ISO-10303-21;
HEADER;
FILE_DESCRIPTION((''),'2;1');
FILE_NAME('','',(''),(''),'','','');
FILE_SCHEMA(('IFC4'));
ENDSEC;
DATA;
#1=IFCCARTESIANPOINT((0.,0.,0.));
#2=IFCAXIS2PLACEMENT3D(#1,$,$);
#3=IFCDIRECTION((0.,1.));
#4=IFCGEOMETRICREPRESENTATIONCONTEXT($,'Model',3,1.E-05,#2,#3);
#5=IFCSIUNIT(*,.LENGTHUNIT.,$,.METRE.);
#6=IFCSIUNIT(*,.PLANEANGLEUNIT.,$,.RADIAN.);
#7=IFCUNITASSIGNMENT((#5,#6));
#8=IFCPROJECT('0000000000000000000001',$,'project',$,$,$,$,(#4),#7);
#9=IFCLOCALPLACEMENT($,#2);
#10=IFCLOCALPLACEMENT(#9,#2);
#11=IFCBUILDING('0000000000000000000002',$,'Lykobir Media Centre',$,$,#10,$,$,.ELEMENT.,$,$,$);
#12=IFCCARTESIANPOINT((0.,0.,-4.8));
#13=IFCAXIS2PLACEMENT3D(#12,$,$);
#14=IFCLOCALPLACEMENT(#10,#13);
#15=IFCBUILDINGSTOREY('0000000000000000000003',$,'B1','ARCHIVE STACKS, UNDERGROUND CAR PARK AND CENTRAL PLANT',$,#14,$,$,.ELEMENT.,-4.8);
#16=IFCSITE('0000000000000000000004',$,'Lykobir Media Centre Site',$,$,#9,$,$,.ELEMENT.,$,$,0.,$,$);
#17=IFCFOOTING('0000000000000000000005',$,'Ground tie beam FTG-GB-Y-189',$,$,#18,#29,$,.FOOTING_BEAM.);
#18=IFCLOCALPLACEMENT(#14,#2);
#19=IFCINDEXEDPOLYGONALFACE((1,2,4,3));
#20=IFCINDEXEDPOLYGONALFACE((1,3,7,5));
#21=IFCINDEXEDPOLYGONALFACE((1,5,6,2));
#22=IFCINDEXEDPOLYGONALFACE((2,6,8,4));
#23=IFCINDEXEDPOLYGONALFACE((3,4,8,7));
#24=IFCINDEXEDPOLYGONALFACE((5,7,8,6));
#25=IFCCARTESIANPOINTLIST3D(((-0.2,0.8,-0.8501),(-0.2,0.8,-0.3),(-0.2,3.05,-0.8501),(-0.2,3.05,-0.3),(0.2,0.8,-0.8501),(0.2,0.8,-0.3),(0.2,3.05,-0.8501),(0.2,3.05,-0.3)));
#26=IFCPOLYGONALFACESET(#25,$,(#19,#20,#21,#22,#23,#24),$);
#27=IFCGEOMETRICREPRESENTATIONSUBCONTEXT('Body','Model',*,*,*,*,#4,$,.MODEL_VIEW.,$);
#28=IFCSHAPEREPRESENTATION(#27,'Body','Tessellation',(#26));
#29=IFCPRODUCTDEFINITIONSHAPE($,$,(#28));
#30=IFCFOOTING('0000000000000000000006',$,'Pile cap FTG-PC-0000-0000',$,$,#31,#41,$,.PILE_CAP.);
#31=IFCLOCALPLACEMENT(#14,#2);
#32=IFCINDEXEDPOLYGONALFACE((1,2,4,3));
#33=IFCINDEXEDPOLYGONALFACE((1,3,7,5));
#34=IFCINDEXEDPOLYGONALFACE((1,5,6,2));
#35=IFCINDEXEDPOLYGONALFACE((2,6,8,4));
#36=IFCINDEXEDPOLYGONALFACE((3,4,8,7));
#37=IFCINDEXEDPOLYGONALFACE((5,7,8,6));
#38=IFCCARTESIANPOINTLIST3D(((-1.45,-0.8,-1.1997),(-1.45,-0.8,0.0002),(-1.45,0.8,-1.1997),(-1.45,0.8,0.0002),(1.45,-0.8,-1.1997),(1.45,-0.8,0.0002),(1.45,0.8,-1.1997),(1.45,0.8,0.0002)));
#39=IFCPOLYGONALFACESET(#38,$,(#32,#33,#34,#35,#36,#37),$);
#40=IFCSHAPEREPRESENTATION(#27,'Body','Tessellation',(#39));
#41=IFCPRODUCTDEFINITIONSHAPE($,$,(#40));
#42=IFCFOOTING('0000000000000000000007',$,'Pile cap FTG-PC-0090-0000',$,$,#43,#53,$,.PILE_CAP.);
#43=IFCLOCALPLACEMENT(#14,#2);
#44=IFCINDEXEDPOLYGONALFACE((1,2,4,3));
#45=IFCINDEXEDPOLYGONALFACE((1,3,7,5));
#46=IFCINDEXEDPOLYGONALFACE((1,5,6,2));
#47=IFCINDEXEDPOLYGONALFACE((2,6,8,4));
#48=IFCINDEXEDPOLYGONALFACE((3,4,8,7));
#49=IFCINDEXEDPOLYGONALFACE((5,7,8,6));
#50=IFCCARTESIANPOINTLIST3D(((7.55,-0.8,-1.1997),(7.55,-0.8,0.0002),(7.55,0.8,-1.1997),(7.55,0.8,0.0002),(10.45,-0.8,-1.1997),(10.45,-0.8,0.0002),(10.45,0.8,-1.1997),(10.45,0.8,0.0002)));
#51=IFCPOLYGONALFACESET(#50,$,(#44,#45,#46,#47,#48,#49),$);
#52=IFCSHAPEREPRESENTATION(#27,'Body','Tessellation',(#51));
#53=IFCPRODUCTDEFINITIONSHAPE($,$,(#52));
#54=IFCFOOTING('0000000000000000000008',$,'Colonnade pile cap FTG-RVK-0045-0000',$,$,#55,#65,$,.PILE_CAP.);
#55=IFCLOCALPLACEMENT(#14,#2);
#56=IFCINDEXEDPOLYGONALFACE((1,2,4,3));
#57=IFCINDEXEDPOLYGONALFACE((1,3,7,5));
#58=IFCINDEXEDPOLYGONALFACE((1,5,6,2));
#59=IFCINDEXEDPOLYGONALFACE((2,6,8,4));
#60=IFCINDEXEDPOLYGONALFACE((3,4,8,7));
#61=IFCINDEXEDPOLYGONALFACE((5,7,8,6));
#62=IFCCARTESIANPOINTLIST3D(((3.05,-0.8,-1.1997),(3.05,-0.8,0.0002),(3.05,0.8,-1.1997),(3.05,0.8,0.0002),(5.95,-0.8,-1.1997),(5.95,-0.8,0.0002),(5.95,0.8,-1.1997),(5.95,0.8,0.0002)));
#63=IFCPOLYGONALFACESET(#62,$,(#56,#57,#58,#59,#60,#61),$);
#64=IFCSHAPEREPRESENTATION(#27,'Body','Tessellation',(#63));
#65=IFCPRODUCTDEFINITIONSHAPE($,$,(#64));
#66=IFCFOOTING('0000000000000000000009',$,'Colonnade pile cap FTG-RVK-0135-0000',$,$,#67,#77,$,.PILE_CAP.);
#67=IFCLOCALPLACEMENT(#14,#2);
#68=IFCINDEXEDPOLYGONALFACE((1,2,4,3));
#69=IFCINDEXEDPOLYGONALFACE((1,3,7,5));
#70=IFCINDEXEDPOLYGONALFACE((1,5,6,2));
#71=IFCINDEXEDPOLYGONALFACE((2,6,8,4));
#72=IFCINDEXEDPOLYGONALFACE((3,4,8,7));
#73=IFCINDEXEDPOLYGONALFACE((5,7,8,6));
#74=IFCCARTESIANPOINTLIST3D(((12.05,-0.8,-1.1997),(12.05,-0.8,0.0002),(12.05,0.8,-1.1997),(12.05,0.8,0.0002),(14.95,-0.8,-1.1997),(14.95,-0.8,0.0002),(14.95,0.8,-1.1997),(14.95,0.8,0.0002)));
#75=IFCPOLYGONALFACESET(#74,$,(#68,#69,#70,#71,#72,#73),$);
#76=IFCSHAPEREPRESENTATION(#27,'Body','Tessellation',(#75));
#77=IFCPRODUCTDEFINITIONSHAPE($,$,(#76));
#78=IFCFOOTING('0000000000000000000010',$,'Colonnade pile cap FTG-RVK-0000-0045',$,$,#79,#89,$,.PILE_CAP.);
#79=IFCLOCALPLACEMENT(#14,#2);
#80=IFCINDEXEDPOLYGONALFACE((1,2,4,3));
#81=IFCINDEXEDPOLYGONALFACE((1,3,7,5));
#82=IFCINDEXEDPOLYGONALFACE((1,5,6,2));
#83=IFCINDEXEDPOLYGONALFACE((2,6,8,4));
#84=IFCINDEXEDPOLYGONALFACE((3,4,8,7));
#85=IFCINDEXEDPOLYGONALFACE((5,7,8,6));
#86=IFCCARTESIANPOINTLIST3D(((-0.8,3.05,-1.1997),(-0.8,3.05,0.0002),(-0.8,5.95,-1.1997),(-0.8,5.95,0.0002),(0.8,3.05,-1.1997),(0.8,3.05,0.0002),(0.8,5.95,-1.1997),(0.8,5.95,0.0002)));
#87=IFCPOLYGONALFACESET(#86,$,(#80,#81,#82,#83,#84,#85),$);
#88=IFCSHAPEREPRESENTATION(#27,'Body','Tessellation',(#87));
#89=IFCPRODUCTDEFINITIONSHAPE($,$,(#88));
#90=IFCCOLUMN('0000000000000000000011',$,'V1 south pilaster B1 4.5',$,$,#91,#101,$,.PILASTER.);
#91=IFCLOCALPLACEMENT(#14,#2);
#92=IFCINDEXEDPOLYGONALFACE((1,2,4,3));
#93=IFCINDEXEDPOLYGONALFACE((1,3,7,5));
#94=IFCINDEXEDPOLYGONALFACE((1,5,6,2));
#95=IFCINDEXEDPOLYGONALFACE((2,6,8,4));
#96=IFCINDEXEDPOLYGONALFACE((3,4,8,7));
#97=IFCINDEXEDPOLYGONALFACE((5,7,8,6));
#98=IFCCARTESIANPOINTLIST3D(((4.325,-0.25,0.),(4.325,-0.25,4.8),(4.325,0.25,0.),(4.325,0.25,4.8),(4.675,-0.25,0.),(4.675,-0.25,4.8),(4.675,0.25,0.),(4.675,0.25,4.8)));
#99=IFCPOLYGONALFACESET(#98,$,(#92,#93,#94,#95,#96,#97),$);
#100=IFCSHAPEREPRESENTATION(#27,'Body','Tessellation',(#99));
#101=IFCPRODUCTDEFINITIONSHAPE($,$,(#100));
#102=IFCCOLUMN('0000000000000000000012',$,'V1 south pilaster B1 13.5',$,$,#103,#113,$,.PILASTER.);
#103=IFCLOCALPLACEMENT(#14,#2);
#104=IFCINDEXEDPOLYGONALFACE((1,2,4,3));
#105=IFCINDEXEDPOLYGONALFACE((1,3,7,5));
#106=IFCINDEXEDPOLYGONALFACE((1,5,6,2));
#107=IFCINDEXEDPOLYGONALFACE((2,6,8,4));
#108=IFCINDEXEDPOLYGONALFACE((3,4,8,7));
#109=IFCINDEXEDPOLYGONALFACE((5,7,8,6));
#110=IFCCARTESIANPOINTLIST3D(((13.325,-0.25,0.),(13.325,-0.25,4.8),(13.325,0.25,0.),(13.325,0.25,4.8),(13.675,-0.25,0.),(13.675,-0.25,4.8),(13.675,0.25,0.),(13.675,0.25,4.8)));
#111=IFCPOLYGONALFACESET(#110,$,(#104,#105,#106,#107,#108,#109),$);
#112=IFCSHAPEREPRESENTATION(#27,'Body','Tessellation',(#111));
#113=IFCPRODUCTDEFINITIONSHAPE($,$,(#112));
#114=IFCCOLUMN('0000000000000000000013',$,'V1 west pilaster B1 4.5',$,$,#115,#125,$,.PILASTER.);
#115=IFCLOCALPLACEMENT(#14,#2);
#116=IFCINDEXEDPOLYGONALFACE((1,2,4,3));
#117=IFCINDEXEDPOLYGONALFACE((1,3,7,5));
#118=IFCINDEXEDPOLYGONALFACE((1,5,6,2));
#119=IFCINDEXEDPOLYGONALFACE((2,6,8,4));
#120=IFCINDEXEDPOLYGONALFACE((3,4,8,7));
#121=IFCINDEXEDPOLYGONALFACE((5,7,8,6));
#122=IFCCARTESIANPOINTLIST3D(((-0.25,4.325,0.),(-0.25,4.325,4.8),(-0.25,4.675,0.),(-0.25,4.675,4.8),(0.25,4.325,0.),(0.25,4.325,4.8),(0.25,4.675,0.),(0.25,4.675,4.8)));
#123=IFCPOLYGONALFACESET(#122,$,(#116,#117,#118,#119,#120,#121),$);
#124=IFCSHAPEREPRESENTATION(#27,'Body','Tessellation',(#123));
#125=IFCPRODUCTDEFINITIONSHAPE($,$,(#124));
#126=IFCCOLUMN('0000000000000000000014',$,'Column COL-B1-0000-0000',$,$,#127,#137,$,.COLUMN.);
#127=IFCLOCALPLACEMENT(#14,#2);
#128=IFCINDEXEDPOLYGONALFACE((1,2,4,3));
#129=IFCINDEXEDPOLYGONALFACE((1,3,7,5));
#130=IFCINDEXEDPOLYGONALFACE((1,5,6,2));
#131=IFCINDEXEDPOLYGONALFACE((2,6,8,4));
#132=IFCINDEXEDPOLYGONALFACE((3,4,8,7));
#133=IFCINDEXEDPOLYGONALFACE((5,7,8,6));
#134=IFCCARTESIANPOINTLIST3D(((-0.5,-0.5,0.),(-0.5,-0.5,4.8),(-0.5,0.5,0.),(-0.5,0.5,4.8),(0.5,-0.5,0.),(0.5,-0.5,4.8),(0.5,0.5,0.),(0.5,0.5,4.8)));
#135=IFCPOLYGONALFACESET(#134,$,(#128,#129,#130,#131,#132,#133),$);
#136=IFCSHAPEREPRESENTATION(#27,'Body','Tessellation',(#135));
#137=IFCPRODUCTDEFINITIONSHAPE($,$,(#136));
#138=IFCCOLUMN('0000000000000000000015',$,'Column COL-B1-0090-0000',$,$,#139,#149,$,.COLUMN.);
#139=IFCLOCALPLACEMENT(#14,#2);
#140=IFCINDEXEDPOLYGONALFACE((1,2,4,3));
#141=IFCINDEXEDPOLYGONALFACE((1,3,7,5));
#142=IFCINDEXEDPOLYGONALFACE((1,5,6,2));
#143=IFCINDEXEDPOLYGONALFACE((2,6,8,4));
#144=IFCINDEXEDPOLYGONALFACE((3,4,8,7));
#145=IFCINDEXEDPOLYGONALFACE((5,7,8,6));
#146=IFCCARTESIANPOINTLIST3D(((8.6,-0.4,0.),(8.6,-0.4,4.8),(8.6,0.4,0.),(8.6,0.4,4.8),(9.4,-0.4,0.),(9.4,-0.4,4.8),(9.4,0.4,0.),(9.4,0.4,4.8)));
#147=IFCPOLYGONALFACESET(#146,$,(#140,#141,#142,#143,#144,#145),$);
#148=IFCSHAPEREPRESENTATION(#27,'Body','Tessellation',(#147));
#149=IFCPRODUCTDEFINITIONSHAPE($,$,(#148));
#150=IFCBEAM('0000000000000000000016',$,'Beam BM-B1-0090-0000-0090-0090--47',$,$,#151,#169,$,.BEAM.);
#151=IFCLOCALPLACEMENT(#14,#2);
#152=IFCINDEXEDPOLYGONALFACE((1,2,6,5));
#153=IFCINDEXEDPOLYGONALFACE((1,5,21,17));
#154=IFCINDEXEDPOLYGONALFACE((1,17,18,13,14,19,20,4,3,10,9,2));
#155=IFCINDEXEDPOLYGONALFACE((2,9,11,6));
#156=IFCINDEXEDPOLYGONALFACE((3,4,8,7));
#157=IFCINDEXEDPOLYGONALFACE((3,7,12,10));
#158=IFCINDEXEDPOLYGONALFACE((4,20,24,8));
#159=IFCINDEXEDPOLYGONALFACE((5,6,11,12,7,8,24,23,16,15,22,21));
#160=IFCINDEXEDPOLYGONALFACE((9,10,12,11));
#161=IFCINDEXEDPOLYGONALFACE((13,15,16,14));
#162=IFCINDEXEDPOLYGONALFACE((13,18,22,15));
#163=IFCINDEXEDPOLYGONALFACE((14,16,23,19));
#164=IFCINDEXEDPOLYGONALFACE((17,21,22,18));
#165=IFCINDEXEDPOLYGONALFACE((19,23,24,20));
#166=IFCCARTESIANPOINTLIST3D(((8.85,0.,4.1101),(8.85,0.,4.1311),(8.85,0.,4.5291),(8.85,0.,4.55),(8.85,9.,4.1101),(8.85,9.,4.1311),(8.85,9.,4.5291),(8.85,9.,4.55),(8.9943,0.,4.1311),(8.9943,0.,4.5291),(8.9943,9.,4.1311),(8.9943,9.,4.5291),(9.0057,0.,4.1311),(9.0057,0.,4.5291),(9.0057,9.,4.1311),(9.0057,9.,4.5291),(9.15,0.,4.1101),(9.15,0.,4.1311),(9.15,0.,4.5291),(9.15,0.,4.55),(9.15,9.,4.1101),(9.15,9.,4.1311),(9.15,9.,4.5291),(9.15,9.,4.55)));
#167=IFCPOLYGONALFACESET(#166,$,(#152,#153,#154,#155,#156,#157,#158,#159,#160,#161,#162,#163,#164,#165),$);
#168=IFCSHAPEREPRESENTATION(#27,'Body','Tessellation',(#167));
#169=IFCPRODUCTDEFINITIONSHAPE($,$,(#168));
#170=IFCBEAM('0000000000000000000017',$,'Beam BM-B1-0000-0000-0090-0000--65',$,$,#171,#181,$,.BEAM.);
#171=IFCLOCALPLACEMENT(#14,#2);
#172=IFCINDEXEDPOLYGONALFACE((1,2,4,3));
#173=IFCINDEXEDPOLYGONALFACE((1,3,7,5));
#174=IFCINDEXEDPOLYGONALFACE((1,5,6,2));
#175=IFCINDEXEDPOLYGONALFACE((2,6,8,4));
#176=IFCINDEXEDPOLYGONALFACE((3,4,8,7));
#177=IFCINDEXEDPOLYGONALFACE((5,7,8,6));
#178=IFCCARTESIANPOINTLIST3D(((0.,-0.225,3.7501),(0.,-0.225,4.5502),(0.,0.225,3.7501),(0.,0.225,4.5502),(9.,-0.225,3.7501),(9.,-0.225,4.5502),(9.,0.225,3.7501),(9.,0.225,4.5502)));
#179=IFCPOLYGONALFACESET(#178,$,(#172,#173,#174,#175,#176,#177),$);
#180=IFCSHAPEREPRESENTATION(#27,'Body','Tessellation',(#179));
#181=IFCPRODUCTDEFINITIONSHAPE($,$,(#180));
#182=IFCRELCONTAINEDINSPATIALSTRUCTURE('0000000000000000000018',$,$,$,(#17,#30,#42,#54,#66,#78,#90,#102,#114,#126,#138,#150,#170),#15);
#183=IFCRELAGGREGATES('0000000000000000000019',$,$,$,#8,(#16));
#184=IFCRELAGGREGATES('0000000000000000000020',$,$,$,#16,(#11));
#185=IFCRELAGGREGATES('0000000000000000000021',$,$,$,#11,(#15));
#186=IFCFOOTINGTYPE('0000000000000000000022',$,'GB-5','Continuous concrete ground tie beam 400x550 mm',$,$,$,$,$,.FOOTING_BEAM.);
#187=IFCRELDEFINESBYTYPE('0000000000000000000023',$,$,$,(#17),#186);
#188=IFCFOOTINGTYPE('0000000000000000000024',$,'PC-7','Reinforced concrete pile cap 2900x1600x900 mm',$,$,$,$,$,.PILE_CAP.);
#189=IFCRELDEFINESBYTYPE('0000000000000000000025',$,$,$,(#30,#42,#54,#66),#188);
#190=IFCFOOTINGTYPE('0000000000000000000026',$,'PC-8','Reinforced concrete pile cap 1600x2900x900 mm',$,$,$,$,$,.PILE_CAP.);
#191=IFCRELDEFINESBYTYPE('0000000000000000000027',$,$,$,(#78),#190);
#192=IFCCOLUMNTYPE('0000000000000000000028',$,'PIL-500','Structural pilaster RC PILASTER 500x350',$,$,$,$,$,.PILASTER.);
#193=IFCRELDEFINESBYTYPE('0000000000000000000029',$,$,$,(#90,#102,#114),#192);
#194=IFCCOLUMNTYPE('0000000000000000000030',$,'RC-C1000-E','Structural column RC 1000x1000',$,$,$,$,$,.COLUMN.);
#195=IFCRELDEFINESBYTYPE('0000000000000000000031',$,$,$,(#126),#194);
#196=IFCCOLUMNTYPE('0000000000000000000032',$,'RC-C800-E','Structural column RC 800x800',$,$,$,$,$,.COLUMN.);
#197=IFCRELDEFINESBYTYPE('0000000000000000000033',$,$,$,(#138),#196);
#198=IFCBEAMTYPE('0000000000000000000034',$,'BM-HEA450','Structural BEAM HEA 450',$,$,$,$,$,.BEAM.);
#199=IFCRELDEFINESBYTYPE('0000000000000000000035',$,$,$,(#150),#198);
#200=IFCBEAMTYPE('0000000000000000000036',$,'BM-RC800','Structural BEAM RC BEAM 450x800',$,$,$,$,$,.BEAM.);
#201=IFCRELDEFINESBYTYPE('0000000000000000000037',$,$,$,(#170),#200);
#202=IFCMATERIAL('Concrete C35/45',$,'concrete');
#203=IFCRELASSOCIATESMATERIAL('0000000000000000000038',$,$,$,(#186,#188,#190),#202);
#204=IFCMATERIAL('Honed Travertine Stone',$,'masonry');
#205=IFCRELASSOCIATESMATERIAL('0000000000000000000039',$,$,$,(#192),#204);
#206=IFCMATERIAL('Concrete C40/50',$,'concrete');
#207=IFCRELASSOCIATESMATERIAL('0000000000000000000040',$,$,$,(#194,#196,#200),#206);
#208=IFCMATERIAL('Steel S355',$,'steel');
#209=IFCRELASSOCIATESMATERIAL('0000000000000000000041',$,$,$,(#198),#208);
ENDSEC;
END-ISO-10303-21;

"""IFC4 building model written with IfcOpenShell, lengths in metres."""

from ifc_helpers import new_model, si_unit, direction, frame, origin, origin_with_axes, origin_2d, place, context, subcontext, project, spatial, rectangle, i_section, extrude, material, material_profile, profile_set, type_object, element, save


model = new_model("IFC4")

# Units and contexts
model_context = context("Model", 3, precision=1e-05, world=origin(), true_north=direction((0.0, 1.0)))
body_context = subcontext(model_context, "Body", "Model", "MODEL_VIEW")
ifc_project = project(units=[si_unit("LENGTHUNIT", "METRE"), si_unit("PLANEANGLEUNIT", "RADIAN")], contexts=[model_context])

# Site, building, storey
site_placement = place(None, origin())
site = spatial("IfcSite", under=ifc_project, at=site_placement, Name="Lykobir Media Centre Site", CompositionType="ELEMENT", RefElevation=0.0)
building_placement = place(site_placement, origin())
building = spatial("IfcBuilding", under=site, at=building_placement, Name="Lykobir Media Centre", CompositionType="ELEMENT")
storey_placement = place(building_placement, frame((0.0, 0.0, -4.8)))
storey = spatial("IfcBuildingStorey", under=building, at=storey_placement, Name="B1", Description="ARCHIVE STACKS, UNDERGROUND CAR PARK AND CENTRAL PLANT", CompositionType="ELEMENT", Elevation=-4.8)

# Footings
ifc_material_1 = material(Name="Concrete C35/45", Category="concrete")
footing_type_1 = type_object("IfcFootingType", Name="GB-5", Description="Continuous concrete ground tie beam 400x550 mm", PredefinedType="FOOTING_BEAM", material=ifc_material_1)
footing_1_placement = place(storey_placement, frame((0.0, 1.925, -0.8501), z_axis=(0.0, 0.0, 1.0), x_axis=(0.0, 1.0, 0.0)))
element("IfcFooting", 1, at=footing_1_placement, inside=storey, type_object=footing_type_1, Name="Ground tie beam FTG-GB-Y-189", PredefinedType="FOOTING_BEAM", context=body_context, shape_type="SweptSolid", body=[
    extrude(rectangle(XDim=2.25, YDim=0.3999, at=origin_2d()), origin(), (0.0, 0.0, 1.0), 0.55),
])
footing_type_2 = type_object("IfcFootingType", Name="PC-7", Description="Reinforced concrete pile cap 2900x1600x900 mm", PredefinedType="PILE_CAP", material=ifc_material_1)
for number, where, z_axis, x_axis, name in (
    (2, (0.0, 0.0, -1.1997), (0.0, 0.0, 1.0), (1.0, 0.0, 0.0), "Pile cap FTG-PC-0000-0000"),
    (3, (9.0, 0.0, -1.1997), (0.0, 0.0, 1.0), (1.0, 0.0, 0.0), "Pile cap FTG-PC-0090-0000"),
    (4, (4.5, 0.0, -1.1997), (0.0, 0.0, 1.0), (1.0, 0.0, 0.0), "Colonnade pile cap FTG-RVK-0045-0000"),
    (5, (13.5, 0.0, -1.1997), (0.0, 0.0, 1.0), (1.0, 0.0, 0.0), "Colonnade pile cap FTG-RVK-0135-0000"),
):
    element("IfcFooting", number, at=place(storey_placement, frame(where, z_axis=z_axis, x_axis=x_axis)), inside=storey, type_object=footing_type_2, Name=name, PredefinedType="PILE_CAP", context=body_context, shape_type="SweptSolid", body=[
        extrude(rectangle(XDim=2.8999, YDim=1.6001, at=origin_2d()), origin(), (0.0, 0.0, 1.0), 1.2),
    ])
footing_type_3 = type_object("IfcFootingType", Name="PC-8", Description="Reinforced concrete pile cap 1600x2900x900 mm", PredefinedType="PILE_CAP", material=ifc_material_1)
footing_2_placement = place(storey_placement, frame((0.0, 4.5, -1.1997), z_axis=(0.0, 0.0, 1.0), x_axis=(1.0, 0.0, 0.0)))
element("IfcFooting", 6, at=footing_2_placement, inside=storey, type_object=footing_type_3, Name="Colonnade pile cap FTG-RVK-0000-0045", PredefinedType="PILE_CAP", context=body_context, shape_type="SweptSolid", body=[
    extrude(rectangle(XDim=1.6001, YDim=2.8999, at=origin_2d()), origin(), (0.0, 0.0, 1.0), 1.2),
])

# Columns
ifc_material_2 = material(Name="Honed Travertine Stone", Category="masonry")
ifc_material_profile_1 = material_profile(ifc_material_2, rectangle(XDim=0.3501, YDim=0.5, at=origin_2d()), Name="RC PILASTER 500x350")
ifc_profile_set_1 = profile_set([ifc_material_profile_1], Name="Honed Travertine Stone")
column_type_1 = type_object("IfcColumnType", Name="PIL-500", Description="Structural pilaster RC PILASTER 500x350", PredefinedType="PILASTER", material=ifc_profile_set_1)
for number, where, z_axis, x_axis, name in (
    (7, (4.5, 0.0, 0.0), (0.0, 0.0, 1.0), (1.0, 0.0, 0.0), "V1 south pilaster B1 4.5"),
    (8, (13.5, 0.0, 0.0), (0.0, 0.0, 1.0), (1.0, 0.0, 0.0), "V1 south pilaster B1 13.5"),
    (9, (0.0, 4.5, 0.0), (0.0, 0.0, 1.0), (0.0, 1.0, 0.0), "V1 west pilaster B1 4.5"),
):
    element("IfcColumn", number, at=place(storey_placement, frame(where, z_axis=z_axis, x_axis=x_axis)), inside=storey, type_object=column_type_1, Name=name, PredefinedType="PILASTER", context=body_context, shape_type="SweptSolid", body=[
        extrude(rectangle(XDim=0.3501, YDim=0.5, at=origin_2d()), origin(), (0.0, 0.0, 1.0), 4.8),
    ])
ifc_material_3 = material(Name="Concrete C40/50", Category="concrete")
ifc_material_profile_2 = material_profile(ifc_material_3, rectangle(XDim=1.0, YDim=1.0, at=origin_2d()), Name="RC 1000x1000")
ifc_profile_set_2 = profile_set([ifc_material_profile_2], Name="Concrete C40/50")
column_type_2 = type_object("IfcColumnType", Name="RC-C1000-E", Description="Structural column RC 1000x1000", PredefinedType="COLUMN", material=ifc_profile_set_2)
column_1_placement = place(storey_placement, origin_with_axes())
element("IfcColumn", 10, at=column_1_placement, inside=storey, type_object=column_type_2, Name="Column COL-B1-0000-0000", PredefinedType="COLUMN", context=body_context, shape_type="SweptSolid", body=[
    extrude(rectangle(XDim=1.0, YDim=1.0, at=origin_2d()), origin(), (0.0, 0.0, 1.0), 4.8),
])
ifc_material_profile_3 = material_profile(ifc_material_3, rectangle(XDim=0.8, YDim=0.8, at=origin_2d()), Name="RC 800x800")
ifc_profile_set_3 = profile_set([ifc_material_profile_3], Name="Concrete C40/50")
column_type_3 = type_object("IfcColumnType", Name="RC-C800-E", Description="Structural column RC 800x800", PredefinedType="COLUMN", material=ifc_profile_set_3)
column_2_placement = place(storey_placement, frame((9.0, 0.0, 0.0), z_axis=(0.0, 0.0, 1.0), x_axis=(1.0, 0.0, 0.0)))
element("IfcColumn", 11, at=column_2_placement, inside=storey, type_object=column_type_3, Name="Column COL-B1-0090-0000", PredefinedType="COLUMN", context=body_context, shape_type="SweptSolid", body=[
    extrude(rectangle(XDim=0.8, YDim=0.8, at=origin_2d()), origin(), (0.0, 0.0, 1.0), 4.8),
])

# Beams
ifc_material_4 = material(Name="Steel S355", Category="steel")
ifc_material_profile_4 = material_profile(ifc_material_4, i_section(OverallWidth=0.3, OverallDepth=0.4399, WebThickness=0.0115, FlangeThickness=0.021, at=origin_2d()), Name="HEA 450")
ifc_profile_set_4 = profile_set([ifc_material_profile_4], Name="Steel S355")
beam_type_1 = type_object("IfcBeamType", Name="BM-HEA450", Description="Structural BEAM HEA 450", PredefinedType="BEAM", material=ifc_profile_set_4)
beam_1_placement = place(storey_placement, frame((9.0, 0.0, 4.3301), z_axis=(0.0, 1.0, 0.0), x_axis=(-1.0, 0.0, 0.0)))
element("IfcBeam", 12, at=beam_1_placement, inside=storey, type_object=beam_type_1, Name="Beam BM-B1-0090-0000-0090-0090--47", PredefinedType="BEAM", context=body_context, shape_type="SweptSolid", body=[
    extrude(i_section(OverallWidth=0.3, OverallDepth=0.4399, WebThickness=0.0115, FlangeThickness=0.021, at=origin_2d()), origin(), (0.0, 0.0, 1.0), 9.0),
])
ifc_material_profile_5 = material_profile(ifc_material_3, rectangle(XDim=0.45, YDim=0.8, at=origin_2d()), Name="RC BEAM 450x800")
ifc_profile_set_5 = profile_set([ifc_material_profile_5], Name="Concrete C40/50")
beam_type_2 = type_object("IfcBeamType", Name="BM-RC800", Description="Structural BEAM RC BEAM 450x800", PredefinedType="BEAM", material=ifc_profile_set_5)
beam_2_placement = place(storey_placement, frame((0.0, 0.0, 4.1501), z_axis=(1.0, 0.0, 0.0), x_axis=(0.0, 1.0, 0.0)))
element("IfcBeam", 13, at=beam_2_placement, inside=storey, type_object=beam_type_2, Name="Beam BM-B1-0000-0000-0090-0000--65", PredefinedType="BEAM", context=body_context, shape_type="SweptSolid", body=[
    extrude(rectangle(XDim=0.45, YDim=0.8, at=origin_2d()), origin(), (0.0, 0.0, 1.0), 9.0),
])

save(model, "model.ifc")
